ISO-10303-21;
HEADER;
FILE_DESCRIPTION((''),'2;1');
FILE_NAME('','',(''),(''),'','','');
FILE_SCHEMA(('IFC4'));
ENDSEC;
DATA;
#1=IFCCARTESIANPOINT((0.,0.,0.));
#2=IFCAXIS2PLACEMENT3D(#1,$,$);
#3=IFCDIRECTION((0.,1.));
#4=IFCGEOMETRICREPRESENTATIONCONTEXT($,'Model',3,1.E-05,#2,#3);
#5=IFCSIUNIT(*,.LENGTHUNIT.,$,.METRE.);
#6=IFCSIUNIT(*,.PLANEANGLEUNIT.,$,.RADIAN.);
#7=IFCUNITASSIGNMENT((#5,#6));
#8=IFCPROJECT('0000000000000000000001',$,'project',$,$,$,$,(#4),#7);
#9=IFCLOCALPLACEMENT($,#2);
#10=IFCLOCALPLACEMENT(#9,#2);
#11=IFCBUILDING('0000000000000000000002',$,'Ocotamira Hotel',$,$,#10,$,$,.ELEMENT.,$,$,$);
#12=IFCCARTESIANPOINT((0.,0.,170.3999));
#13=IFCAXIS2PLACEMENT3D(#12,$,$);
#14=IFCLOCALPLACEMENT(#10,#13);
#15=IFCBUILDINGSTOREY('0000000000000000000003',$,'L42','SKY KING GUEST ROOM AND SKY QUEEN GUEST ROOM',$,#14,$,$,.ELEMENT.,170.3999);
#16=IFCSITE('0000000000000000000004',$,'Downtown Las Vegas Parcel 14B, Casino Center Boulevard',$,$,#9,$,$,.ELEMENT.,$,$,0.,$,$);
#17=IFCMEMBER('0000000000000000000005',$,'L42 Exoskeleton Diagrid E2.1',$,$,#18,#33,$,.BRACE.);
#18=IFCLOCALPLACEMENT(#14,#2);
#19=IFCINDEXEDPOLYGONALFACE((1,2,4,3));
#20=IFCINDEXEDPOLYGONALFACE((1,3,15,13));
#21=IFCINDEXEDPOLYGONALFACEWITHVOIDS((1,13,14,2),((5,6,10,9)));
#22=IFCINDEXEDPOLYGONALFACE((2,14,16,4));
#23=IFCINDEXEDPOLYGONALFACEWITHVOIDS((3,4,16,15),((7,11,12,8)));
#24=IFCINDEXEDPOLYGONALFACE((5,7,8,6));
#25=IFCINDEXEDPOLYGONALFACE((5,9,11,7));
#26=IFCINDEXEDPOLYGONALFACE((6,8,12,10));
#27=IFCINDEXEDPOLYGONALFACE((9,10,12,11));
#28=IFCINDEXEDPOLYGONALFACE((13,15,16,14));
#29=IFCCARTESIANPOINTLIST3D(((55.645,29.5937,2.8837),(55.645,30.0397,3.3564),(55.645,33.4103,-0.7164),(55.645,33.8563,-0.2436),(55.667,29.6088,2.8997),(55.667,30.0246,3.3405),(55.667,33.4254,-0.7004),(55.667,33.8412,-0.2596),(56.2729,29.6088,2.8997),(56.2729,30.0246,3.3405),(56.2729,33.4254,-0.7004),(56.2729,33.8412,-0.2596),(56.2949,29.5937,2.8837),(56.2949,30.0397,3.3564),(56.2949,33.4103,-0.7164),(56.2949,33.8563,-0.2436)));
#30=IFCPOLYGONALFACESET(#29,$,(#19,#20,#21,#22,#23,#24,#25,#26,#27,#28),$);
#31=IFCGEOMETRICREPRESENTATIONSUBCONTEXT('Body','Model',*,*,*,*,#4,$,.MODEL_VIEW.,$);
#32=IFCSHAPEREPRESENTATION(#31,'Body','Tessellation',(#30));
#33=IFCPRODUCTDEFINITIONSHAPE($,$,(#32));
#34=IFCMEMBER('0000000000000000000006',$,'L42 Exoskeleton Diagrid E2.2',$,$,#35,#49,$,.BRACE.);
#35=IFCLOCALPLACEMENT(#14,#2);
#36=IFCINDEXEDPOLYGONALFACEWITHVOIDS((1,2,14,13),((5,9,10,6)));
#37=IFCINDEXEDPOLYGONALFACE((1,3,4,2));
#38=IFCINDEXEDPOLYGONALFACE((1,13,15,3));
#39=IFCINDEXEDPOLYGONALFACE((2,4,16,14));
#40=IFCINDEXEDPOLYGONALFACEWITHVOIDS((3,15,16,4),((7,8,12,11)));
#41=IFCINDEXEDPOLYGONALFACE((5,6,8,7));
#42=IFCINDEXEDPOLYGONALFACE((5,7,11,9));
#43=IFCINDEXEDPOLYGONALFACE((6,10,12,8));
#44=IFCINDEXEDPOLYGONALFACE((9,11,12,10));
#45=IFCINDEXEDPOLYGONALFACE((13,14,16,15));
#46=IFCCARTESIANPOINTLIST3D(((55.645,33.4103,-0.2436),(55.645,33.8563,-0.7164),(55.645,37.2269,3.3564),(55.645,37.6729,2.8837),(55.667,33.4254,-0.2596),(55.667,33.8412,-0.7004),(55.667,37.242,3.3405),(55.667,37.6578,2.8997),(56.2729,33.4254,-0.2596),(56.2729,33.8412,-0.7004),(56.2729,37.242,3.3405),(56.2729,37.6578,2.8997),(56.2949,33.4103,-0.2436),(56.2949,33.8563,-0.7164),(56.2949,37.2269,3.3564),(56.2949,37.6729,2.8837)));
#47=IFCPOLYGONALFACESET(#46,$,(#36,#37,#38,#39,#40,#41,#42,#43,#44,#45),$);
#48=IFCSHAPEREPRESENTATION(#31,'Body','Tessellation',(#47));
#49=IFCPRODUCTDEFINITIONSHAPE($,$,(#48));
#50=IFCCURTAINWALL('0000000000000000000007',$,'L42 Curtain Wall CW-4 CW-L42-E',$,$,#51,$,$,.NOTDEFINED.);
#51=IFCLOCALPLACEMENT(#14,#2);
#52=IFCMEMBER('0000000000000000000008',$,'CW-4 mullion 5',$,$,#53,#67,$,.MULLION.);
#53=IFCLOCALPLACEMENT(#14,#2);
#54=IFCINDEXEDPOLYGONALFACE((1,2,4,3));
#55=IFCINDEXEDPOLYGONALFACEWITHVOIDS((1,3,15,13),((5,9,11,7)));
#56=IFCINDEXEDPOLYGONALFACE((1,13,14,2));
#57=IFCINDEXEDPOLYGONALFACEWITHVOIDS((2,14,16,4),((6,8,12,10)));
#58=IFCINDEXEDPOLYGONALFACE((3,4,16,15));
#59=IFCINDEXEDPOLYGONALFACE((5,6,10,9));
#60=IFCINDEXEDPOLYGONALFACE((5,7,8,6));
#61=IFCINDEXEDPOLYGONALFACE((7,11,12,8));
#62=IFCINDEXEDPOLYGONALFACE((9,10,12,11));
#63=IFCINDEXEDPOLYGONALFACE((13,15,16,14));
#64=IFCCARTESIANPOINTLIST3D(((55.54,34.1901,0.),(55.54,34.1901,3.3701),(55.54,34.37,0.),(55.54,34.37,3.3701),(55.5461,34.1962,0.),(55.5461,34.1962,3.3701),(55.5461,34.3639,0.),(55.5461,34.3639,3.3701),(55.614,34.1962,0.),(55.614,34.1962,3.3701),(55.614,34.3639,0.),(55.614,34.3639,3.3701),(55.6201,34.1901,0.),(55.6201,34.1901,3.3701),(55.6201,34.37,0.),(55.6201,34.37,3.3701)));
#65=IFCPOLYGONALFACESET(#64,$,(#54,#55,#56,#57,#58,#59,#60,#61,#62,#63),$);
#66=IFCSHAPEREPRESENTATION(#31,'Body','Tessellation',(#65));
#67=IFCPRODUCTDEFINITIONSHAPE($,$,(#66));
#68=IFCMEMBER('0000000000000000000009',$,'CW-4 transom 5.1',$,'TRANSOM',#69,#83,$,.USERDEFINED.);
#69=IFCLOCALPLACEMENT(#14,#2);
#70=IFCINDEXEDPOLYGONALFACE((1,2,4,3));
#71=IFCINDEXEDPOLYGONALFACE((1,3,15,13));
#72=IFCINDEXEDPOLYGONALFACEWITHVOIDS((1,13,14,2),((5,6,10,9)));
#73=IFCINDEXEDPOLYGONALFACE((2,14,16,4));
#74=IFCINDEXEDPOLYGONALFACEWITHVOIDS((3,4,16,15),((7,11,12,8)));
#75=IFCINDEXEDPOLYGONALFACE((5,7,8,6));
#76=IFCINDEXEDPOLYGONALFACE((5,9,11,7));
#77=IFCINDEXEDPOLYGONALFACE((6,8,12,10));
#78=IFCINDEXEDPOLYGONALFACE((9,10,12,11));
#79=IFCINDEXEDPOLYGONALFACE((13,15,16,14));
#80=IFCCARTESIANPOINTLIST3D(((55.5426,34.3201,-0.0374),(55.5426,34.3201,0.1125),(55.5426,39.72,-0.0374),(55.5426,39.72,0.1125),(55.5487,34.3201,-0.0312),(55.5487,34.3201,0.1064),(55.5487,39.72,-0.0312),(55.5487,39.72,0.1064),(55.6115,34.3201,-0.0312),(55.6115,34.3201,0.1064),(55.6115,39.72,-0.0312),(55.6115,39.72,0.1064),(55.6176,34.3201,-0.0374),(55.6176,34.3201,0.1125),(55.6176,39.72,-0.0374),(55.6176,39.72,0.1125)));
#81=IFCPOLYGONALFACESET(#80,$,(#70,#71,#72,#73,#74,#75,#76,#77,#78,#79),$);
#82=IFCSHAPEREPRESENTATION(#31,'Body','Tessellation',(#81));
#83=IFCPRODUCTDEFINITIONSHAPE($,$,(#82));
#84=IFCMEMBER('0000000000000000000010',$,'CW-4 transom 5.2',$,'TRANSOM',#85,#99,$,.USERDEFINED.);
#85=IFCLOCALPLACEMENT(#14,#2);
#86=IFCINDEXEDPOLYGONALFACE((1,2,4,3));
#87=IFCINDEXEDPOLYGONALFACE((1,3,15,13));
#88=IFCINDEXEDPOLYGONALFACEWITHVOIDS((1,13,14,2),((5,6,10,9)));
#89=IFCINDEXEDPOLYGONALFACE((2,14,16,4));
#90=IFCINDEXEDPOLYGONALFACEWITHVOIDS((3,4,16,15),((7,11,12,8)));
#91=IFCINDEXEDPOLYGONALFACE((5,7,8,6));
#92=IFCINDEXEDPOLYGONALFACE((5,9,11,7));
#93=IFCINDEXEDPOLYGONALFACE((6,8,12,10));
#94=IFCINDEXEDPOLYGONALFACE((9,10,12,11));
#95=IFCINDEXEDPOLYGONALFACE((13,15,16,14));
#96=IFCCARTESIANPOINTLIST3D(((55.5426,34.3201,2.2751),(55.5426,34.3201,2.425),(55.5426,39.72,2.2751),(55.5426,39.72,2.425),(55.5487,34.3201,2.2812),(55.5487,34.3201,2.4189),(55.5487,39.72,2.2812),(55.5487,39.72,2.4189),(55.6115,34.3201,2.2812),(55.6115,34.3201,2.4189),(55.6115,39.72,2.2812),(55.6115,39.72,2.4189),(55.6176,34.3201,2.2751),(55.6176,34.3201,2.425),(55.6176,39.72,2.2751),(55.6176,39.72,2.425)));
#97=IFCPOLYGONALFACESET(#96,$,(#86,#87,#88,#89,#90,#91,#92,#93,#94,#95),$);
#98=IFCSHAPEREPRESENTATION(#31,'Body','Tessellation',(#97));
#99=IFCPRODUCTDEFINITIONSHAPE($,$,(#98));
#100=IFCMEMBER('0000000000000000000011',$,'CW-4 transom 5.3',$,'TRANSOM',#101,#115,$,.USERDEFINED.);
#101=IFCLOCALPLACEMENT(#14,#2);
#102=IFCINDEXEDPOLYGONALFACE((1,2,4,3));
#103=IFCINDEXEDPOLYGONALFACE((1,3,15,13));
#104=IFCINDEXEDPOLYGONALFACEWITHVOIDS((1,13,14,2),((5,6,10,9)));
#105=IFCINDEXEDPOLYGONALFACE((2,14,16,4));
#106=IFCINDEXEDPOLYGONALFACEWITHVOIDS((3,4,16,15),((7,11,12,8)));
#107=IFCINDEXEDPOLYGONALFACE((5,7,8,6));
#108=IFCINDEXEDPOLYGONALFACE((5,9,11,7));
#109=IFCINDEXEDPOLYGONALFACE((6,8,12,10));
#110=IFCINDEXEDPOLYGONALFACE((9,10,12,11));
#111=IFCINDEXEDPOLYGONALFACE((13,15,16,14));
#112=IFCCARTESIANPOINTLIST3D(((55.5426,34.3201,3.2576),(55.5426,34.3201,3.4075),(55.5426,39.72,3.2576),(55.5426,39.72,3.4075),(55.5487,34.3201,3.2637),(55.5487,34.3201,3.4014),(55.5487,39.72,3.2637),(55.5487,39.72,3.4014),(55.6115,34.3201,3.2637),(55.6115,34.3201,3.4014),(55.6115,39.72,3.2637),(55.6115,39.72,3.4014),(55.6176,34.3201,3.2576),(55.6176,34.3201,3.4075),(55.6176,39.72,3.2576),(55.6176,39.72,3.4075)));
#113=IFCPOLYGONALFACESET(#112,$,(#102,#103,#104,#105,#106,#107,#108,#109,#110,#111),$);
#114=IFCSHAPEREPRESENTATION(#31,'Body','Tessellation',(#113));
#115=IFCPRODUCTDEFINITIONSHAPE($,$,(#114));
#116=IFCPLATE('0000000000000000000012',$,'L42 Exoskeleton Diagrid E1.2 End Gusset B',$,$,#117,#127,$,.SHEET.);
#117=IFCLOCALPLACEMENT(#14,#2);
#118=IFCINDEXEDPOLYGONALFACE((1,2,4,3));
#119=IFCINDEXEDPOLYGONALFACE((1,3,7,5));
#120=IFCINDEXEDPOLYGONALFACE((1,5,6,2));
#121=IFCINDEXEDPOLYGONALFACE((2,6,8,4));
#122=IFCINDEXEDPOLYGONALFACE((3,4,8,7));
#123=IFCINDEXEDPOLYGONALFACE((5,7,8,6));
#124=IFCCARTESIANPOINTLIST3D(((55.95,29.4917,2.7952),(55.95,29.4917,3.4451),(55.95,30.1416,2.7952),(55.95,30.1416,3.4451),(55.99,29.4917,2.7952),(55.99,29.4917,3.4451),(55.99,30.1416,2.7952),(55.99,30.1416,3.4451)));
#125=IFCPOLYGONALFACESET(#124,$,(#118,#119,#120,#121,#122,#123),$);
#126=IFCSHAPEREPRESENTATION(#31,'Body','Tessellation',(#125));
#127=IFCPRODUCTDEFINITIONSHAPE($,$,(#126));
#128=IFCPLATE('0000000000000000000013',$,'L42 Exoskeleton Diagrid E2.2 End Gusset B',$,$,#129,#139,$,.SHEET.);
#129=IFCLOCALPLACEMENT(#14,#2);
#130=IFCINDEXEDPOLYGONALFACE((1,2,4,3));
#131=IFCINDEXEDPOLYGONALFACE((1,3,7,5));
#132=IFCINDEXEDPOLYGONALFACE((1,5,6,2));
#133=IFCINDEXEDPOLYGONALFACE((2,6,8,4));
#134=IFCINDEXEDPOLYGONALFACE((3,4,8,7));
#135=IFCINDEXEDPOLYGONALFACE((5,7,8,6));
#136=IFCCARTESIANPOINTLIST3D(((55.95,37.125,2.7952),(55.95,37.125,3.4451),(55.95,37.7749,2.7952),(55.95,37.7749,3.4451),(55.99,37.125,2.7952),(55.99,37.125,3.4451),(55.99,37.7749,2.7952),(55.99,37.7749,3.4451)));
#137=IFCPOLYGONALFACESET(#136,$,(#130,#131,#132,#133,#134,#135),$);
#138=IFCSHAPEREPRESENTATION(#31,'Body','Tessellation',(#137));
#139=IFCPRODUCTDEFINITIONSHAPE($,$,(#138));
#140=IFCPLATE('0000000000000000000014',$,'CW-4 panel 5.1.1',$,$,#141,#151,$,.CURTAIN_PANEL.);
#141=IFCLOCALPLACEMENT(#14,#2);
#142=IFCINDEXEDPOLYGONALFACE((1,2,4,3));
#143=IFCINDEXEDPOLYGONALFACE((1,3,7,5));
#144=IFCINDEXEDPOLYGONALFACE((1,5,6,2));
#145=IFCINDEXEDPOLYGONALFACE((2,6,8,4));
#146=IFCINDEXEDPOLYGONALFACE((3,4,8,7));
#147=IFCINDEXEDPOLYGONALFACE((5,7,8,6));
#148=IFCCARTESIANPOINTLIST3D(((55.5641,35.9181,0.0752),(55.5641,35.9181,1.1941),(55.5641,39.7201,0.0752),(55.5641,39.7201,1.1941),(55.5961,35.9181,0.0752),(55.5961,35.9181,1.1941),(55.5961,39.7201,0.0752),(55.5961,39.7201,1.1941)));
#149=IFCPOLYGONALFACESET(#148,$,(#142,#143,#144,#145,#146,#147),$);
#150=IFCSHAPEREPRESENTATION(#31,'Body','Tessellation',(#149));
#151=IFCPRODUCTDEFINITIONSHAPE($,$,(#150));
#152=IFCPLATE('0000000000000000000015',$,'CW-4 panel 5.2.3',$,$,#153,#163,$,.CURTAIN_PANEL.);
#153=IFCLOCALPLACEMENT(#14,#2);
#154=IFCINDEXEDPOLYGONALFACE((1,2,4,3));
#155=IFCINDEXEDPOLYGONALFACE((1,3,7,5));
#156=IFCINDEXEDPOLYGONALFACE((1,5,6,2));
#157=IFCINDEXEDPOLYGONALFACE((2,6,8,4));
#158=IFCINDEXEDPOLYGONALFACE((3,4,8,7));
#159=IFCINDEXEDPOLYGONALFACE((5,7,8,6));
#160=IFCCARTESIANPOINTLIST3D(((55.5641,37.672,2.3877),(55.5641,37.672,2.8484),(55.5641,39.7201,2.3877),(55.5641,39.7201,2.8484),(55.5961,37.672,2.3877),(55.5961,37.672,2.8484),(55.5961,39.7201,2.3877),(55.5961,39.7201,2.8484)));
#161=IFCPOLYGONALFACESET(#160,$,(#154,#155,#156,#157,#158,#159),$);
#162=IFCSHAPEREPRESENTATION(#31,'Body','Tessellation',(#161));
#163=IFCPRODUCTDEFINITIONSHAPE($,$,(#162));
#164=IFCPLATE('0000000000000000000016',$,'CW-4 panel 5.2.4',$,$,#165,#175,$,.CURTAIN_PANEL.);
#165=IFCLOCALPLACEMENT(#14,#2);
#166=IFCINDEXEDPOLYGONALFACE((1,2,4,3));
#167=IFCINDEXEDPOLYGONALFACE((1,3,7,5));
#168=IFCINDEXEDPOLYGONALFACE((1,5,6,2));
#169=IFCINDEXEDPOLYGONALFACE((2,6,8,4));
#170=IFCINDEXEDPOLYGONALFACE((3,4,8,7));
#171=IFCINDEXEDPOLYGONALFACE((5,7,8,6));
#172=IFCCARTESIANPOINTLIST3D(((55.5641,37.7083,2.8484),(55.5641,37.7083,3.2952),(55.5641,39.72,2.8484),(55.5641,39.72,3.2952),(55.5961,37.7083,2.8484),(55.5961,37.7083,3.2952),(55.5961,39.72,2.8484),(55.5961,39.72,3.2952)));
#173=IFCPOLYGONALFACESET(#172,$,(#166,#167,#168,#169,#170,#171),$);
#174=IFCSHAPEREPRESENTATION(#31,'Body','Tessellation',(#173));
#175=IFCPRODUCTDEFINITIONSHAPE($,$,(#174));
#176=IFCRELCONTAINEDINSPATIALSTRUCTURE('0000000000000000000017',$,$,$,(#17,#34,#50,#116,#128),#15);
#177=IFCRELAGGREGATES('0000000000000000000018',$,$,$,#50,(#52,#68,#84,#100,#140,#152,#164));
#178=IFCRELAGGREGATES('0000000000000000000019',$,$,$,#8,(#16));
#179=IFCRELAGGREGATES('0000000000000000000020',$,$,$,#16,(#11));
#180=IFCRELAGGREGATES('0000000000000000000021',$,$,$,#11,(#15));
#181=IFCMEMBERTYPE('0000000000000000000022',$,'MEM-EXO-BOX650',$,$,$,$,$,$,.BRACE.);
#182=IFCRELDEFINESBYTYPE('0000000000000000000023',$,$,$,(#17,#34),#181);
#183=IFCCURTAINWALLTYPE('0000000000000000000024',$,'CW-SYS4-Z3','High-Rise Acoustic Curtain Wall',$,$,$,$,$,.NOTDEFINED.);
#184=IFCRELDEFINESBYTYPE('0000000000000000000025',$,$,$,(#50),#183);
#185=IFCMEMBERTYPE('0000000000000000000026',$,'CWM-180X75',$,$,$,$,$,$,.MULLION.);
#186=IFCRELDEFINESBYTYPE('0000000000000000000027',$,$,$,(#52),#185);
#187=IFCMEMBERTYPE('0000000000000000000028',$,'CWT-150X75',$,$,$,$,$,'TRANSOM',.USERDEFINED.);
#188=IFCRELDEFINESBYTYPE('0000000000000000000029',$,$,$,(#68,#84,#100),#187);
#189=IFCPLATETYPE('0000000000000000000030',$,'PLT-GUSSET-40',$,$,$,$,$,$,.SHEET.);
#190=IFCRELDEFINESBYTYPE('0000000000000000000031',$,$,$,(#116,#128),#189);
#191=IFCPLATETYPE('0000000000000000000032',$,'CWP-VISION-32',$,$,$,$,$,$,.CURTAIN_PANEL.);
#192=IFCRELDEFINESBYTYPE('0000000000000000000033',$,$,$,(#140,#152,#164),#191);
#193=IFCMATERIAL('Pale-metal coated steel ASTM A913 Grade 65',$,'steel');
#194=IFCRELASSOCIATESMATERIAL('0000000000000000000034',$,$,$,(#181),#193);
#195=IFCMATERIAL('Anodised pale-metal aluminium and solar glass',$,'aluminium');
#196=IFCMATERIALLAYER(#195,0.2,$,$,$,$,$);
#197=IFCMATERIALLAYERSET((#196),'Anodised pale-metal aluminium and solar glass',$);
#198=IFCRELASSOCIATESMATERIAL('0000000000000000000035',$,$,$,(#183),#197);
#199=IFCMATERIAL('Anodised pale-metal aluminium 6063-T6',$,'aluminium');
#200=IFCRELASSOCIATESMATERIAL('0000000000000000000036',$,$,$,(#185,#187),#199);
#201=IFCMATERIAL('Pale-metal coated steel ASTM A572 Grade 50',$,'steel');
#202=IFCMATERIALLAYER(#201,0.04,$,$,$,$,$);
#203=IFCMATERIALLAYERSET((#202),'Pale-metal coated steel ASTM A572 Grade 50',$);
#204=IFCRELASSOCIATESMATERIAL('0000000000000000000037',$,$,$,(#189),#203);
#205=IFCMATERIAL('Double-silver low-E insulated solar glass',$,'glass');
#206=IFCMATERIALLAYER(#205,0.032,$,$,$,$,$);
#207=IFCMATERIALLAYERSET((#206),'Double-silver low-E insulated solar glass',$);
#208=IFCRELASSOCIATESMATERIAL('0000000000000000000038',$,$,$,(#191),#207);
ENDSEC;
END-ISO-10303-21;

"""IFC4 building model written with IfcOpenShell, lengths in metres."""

from ifc_helpers import new_model, si_unit, direction, frame, origin, origin_2d, place, context, subcontext, project, spatial, rectangle, hollow_rectangle, extrude, source, transform, mapped, material, layer, layer_set, material_profile, profile_set, type_object, element, aggregate, save


model = new_model("IFC4")

# Units and contexts
model_context = context("Model", 3, precision=1e-05, world=origin(), true_north=direction((0.0, 1.0)))
body_context = subcontext(model_context, "Body", "Model", "MODEL_VIEW")
ifc_project = project(units=[si_unit("LENGTHUNIT", "METRE"), si_unit("PLANEANGLEUNIT", "RADIAN")], contexts=[model_context])

# Site, building, storey
site_placement = place(None, origin())
site = spatial("IfcSite", under=ifc_project, at=site_placement, Name="Downtown Las Vegas Parcel 14B, Casino Center Boulevard", CompositionType="ELEMENT", RefElevation=0.0)
building_placement = place(site_placement, origin())
building = spatial("IfcBuilding", under=site, at=building_placement, Name="Ocotamira Hotel", CompositionType="ELEMENT")
storey_placement = place(building_placement, frame((0.0, 0.0, 170.3999)))
storey = spatial("IfcBuildingStorey", under=building, at=storey_placement, Name="L42", Description="SKY KING GUEST ROOM AND SKY QUEEN GUEST ROOM", CompositionType="ELEMENT", Elevation=170.3999)

# Members
ifc_material_1 = material(Name="Pale-metal coated steel ASTM A913 Grade 65", Category="steel")
ifc_material_profile_1 = material_profile(ifc_material_1, hollow_rectangle(XDim=0.6499, YDim=0.6499, WallThickness=0.022, at=origin_2d()), Name="BOX650X650X22")
ifc_profile_set_1 = profile_set([ifc_material_profile_1], Name="Pale-metal coated steel ASTM A913 Grade 65")
member_type_1 = type_object("IfcMemberType", Name="MEM-EXO-BOX650", PredefinedType="BRACE", material=ifc_profile_set_1)
shared_shape_1 = source(origin(), body_context, "Body", "SweptSolid", [
    extrude(hollow_rectangle(XDim=0.6499, YDim=0.6499, WallThickness=0.022, at=origin_2d()), origin(), (0.0, 0.0, 1.0), 5.2466),
])
for number, where, z_axis, x_axis, name in (
    (1, (55.97, 33.6333, -0.48), (0.0, -0.727443, 0.686168), (1.0, 0.0, 0.0), "L42 Exoskeleton Diagrid E2.1"),
    (2, (55.97, 33.6333, -0.48), (0.0, 0.727443, 0.686168), (-1.0, 0.0, 0.0), "L42 Exoskeleton Diagrid E2.2"),
):
    element("IfcMember", number, at=place(storey_placement, frame(where, z_axis=z_axis, x_axis=x_axis)), inside=storey, type_object=member_type_1, Name=name, PredefinedType="BRACE", context=body_context, shape_type="MappedRepresentation", body=[
        mapped(shared_shape_1, transform((0.0, 0.0, 0.0), scale=1.0)),
    ])

# Curtain wall, members
ifc_material_2 = material(Name="Anodised pale-metal aluminium and solar glass", Category="aluminium")
ifc_layer_1 = layer(ifc_material_2, 0.2)
ifc_layer_set_1 = layer_set([ifc_layer_1], Name="Anodised pale-metal aluminium and solar glass")
curtain_wall_type = type_object("IfcCurtainWallType", Name="CW-SYS4-Z3", Description="High-Rise Acoustic Curtain Wall", PredefinedType="NOTDEFINED", material=ifc_layer_set_1)
curtain_wall_placement = place(storey_placement, origin())
curtain_wall = element("IfcCurtainWall", 3, at=curtain_wall_placement, inside=storey, type_object=curtain_wall_type, Name="L42 Curtain Wall CW-4 CW-L42-E", PredefinedType="NOTDEFINED")
ifc_material_3 = material(Name="Anodised pale-metal aluminium 6063-T6", Category="aluminium")
ifc_material_profile_2 = material_profile(ifc_material_3, hollow_rectangle(XDim=0.0801, YDim=0.1799, WallThickness=0.0061, at=origin_2d()), Name="HSS180X80X6")
ifc_profile_set_2 = profile_set([ifc_material_profile_2], Name="Anodised pale-metal aluminium 6063-T6")
member_type_2 = type_object("IfcMemberType", Name="CWM-180X75", PredefinedType="MULLION", material=ifc_profile_set_2)
shared_shape_2 = source(origin(), body_context, "Body", "SweptSolid", [
    extrude(hollow_rectangle(XDim=0.0801, YDim=0.1799, WallThickness=0.0061, at=origin_2d()), origin(), (0.0, 0.0, 1.0), 3.3701),
])
member_1_placement = place(storey_placement, frame((55.5801, 34.28, 0.0), z_axis=(0.0, 0.0, 1.0), x_axis=(-1.0, 0.0, 0.0)))
member_1 = element("IfcMember", 4, at=member_1_placement, type_object=member_type_2, Name="CW-4 mullion 5", PredefinedType="MULLION", context=body_context, shape_type="MappedRepresentation", body=[
    mapped(shared_shape_2, transform((0.0, 0.0, 0.0), scale=1.0)),
])
ifc_material_profile_3 = material_profile(ifc_material_3, hollow_rectangle(XDim=0.075, YDim=0.1499, WallThickness=0.0061, at=origin_2d()), Name="HSS150X75X6")
ifc_profile_set_3 = profile_set([ifc_material_profile_3], Name="Anodised pale-metal aluminium 6063-T6")
member_type_3 = type_object("IfcMemberType", Name="CWT-150X75", ElementType="TRANSOM", PredefinedType="USERDEFINED", material=ifc_profile_set_3)
shared_shape_3 = source(origin(), body_context, "Body", "SweptSolid", [
    extrude(hollow_rectangle(XDim=0.075, YDim=0.1499, WallThickness=0.0061, at=origin_2d()), origin(), (0.0, 0.0, 1.0), 5.3999),
])
member_2_placement = place(storey_placement, frame((55.5801, 34.3201, 0.0376), z_axis=(0.0, 1.0, 0.0), x_axis=(-1.0, 0.0, 0.0)))
member_2 = element("IfcMember", 5, at=member_2_placement, type_object=member_type_3, Name="CW-4 transom 5.1", ObjectType="TRANSOM", PredefinedType="USERDEFINED", context=body_context, shape_type="MappedRepresentation", body=[
    mapped(shared_shape_3, transform((0.0, 0.0, 0.0), scale=1.0)),
])
member_3_placement = place(storey_placement, frame((55.5801, 34.3201, 2.3501), z_axis=(0.0, 1.0, 0.0), x_axis=(-1.0, 0.0, 0.0)))
member_3 = element("IfcMember", 6, at=member_3_placement, type_object=member_type_3, Name="CW-4 transom 5.2", ObjectType="TRANSOM", PredefinedType="USERDEFINED", context=body_context, shape_type="MappedRepresentation", body=[
    mapped(shared_shape_3, transform((0.0, 0.0, 0.0), scale=1.0)),
])
member_4_placement = place(storey_placement, frame((55.5801, 34.3201, 3.3325), z_axis=(0.0, 1.0, 0.0), x_axis=(-1.0, 0.0, 0.0)))
member_4 = element("IfcMember", 7, at=member_4_placement, type_object=member_type_3, Name="CW-4 transom 5.3", ObjectType="TRANSOM", PredefinedType="USERDEFINED", context=body_context, shape_type="MappedRepresentation", body=[
    mapped(shared_shape_3, transform((0.0, 0.0, 0.0), scale=1.0)),
])

# Plates
ifc_material_4 = material(Name="Pale-metal coated steel ASTM A572 Grade 50", Category="steel")
ifc_layer_2 = layer(ifc_material_4, 0.04)
ifc_layer_set_2 = layer_set([ifc_layer_2], Name="Pale-metal coated steel ASTM A572 Grade 50")
plate_type_1 = type_object("IfcPlateType", Name="PLT-GUSSET-40", PredefinedType="SHEET", material=ifc_layer_set_2)
shared_shape_4 = source(origin(), body_context, "Body", "SweptSolid", [
    extrude(rectangle(XDim=0.04, YDim=0.6499, at=origin_2d()), origin(), (0.0, 0.0, 1.0), 0.6499),
])
for number, where, z_axis, x_axis, name in (
    (8, (55.97, 29.8167, 2.7952), (0.0, 0.0, 1.0), (1.0, 0.0, 0.0), "L42 Exoskeleton Diagrid E1.2 End Gusset B"),
    (9, (55.97, 37.45, 2.7952), (0.0, 0.0, 1.0), (1.0, 0.0, 0.0), "L42 Exoskeleton Diagrid E2.2 End Gusset B"),
):
    element("IfcPlate", number, at=place(storey_placement, frame(where, z_axis=z_axis, x_axis=x_axis)), inside=storey, type_object=plate_type_1, Name=name, PredefinedType="SHEET", context=body_context, shape_type="MappedRepresentation", body=[
        mapped(shared_shape_4, transform((0.0, 0.0, 0.0), scale=1.0)),
    ])

# Plates
ifc_material_5 = material(Name="Double-silver low-E insulated solar glass", Category="glass")
ifc_layer_3 = layer(ifc_material_5, 0.032)
ifc_layer_set_3 = layer_set([ifc_layer_3], Name="Double-silver low-E insulated solar glass")
plate_type_2 = type_object("IfcPlateType", Name="CWP-VISION-32", PredefinedType="CURTAIN_PANEL", material=ifc_layer_set_3)
shared_shape_5 = source(origin(), body_context, "Body", "SweptSolid", [
    extrude(rectangle(XDim=3.802, YDim=0.032, at=origin_2d()), origin(), (0.0, 0.0, 1.0), 1.1189),
])
plate_1_placement = place(storey_placement, frame((55.5801, 37.8191, 0.0752), z_axis=(0.0, 0.0, 1.0), x_axis=(0.0, 1.0, 0.0)))
plate_1 = element("IfcPlate", 10, at=plate_1_placement, type_object=plate_type_2, Name="CW-4 panel 5.1.1", PredefinedType="CURTAIN_PANEL", context=body_context, shape_type="MappedRepresentation", body=[
    mapped(shared_shape_5, transform((0.0, 0.0, 0.0), scale=1.0)),
])
shared_shape_6 = source(origin(), body_context, "Body", "SweptSolid", [
    extrude(rectangle(XDim=2.0481, YDim=0.032, at=origin_2d()), origin(), (0.0, 0.0, 1.0), 0.4607),
])
plate_2_placement = place(storey_placement, frame((55.5801, 38.696, 2.3877), z_axis=(0.0, 0.0, 1.0), x_axis=(0.0, 1.0, 0.0)))
plate_2 = element("IfcPlate", 11, at=plate_2_placement, type_object=plate_type_2, Name="CW-4 panel 5.2.3", PredefinedType="CURTAIN_PANEL", context=body_context, shape_type="MappedRepresentation", body=[
    mapped(shared_shape_6, transform((0.0, 0.0, 0.0), scale=1.0)),
])
shared_shape_7 = source(origin(), body_context, "Body", "SweptSolid", [
    extrude(rectangle(XDim=2.0117, YDim=0.032, at=origin_2d()), origin(), (0.0, 0.0, 1.0), 0.4468),
])
plate_3_placement = place(storey_placement, frame((55.5801, 38.7141, 2.8484), z_axis=(0.0, 0.0, 1.0), x_axis=(0.0, 1.0, 0.0)))
plate_3 = element("IfcPlate", 12, at=plate_3_placement, type_object=plate_type_2, Name="CW-4 panel 5.2.4", PredefinedType="CURTAIN_PANEL", context=body_context, shape_type="MappedRepresentation", body=[
    mapped(shared_shape_7, transform((0.0, 0.0, 0.0), scale=1.0)),
])
aggregate(curtain_wall, [member_1, member_2, member_3, member_4, plate_1, plate_2, plate_3])

save(model, "model.ifc")
